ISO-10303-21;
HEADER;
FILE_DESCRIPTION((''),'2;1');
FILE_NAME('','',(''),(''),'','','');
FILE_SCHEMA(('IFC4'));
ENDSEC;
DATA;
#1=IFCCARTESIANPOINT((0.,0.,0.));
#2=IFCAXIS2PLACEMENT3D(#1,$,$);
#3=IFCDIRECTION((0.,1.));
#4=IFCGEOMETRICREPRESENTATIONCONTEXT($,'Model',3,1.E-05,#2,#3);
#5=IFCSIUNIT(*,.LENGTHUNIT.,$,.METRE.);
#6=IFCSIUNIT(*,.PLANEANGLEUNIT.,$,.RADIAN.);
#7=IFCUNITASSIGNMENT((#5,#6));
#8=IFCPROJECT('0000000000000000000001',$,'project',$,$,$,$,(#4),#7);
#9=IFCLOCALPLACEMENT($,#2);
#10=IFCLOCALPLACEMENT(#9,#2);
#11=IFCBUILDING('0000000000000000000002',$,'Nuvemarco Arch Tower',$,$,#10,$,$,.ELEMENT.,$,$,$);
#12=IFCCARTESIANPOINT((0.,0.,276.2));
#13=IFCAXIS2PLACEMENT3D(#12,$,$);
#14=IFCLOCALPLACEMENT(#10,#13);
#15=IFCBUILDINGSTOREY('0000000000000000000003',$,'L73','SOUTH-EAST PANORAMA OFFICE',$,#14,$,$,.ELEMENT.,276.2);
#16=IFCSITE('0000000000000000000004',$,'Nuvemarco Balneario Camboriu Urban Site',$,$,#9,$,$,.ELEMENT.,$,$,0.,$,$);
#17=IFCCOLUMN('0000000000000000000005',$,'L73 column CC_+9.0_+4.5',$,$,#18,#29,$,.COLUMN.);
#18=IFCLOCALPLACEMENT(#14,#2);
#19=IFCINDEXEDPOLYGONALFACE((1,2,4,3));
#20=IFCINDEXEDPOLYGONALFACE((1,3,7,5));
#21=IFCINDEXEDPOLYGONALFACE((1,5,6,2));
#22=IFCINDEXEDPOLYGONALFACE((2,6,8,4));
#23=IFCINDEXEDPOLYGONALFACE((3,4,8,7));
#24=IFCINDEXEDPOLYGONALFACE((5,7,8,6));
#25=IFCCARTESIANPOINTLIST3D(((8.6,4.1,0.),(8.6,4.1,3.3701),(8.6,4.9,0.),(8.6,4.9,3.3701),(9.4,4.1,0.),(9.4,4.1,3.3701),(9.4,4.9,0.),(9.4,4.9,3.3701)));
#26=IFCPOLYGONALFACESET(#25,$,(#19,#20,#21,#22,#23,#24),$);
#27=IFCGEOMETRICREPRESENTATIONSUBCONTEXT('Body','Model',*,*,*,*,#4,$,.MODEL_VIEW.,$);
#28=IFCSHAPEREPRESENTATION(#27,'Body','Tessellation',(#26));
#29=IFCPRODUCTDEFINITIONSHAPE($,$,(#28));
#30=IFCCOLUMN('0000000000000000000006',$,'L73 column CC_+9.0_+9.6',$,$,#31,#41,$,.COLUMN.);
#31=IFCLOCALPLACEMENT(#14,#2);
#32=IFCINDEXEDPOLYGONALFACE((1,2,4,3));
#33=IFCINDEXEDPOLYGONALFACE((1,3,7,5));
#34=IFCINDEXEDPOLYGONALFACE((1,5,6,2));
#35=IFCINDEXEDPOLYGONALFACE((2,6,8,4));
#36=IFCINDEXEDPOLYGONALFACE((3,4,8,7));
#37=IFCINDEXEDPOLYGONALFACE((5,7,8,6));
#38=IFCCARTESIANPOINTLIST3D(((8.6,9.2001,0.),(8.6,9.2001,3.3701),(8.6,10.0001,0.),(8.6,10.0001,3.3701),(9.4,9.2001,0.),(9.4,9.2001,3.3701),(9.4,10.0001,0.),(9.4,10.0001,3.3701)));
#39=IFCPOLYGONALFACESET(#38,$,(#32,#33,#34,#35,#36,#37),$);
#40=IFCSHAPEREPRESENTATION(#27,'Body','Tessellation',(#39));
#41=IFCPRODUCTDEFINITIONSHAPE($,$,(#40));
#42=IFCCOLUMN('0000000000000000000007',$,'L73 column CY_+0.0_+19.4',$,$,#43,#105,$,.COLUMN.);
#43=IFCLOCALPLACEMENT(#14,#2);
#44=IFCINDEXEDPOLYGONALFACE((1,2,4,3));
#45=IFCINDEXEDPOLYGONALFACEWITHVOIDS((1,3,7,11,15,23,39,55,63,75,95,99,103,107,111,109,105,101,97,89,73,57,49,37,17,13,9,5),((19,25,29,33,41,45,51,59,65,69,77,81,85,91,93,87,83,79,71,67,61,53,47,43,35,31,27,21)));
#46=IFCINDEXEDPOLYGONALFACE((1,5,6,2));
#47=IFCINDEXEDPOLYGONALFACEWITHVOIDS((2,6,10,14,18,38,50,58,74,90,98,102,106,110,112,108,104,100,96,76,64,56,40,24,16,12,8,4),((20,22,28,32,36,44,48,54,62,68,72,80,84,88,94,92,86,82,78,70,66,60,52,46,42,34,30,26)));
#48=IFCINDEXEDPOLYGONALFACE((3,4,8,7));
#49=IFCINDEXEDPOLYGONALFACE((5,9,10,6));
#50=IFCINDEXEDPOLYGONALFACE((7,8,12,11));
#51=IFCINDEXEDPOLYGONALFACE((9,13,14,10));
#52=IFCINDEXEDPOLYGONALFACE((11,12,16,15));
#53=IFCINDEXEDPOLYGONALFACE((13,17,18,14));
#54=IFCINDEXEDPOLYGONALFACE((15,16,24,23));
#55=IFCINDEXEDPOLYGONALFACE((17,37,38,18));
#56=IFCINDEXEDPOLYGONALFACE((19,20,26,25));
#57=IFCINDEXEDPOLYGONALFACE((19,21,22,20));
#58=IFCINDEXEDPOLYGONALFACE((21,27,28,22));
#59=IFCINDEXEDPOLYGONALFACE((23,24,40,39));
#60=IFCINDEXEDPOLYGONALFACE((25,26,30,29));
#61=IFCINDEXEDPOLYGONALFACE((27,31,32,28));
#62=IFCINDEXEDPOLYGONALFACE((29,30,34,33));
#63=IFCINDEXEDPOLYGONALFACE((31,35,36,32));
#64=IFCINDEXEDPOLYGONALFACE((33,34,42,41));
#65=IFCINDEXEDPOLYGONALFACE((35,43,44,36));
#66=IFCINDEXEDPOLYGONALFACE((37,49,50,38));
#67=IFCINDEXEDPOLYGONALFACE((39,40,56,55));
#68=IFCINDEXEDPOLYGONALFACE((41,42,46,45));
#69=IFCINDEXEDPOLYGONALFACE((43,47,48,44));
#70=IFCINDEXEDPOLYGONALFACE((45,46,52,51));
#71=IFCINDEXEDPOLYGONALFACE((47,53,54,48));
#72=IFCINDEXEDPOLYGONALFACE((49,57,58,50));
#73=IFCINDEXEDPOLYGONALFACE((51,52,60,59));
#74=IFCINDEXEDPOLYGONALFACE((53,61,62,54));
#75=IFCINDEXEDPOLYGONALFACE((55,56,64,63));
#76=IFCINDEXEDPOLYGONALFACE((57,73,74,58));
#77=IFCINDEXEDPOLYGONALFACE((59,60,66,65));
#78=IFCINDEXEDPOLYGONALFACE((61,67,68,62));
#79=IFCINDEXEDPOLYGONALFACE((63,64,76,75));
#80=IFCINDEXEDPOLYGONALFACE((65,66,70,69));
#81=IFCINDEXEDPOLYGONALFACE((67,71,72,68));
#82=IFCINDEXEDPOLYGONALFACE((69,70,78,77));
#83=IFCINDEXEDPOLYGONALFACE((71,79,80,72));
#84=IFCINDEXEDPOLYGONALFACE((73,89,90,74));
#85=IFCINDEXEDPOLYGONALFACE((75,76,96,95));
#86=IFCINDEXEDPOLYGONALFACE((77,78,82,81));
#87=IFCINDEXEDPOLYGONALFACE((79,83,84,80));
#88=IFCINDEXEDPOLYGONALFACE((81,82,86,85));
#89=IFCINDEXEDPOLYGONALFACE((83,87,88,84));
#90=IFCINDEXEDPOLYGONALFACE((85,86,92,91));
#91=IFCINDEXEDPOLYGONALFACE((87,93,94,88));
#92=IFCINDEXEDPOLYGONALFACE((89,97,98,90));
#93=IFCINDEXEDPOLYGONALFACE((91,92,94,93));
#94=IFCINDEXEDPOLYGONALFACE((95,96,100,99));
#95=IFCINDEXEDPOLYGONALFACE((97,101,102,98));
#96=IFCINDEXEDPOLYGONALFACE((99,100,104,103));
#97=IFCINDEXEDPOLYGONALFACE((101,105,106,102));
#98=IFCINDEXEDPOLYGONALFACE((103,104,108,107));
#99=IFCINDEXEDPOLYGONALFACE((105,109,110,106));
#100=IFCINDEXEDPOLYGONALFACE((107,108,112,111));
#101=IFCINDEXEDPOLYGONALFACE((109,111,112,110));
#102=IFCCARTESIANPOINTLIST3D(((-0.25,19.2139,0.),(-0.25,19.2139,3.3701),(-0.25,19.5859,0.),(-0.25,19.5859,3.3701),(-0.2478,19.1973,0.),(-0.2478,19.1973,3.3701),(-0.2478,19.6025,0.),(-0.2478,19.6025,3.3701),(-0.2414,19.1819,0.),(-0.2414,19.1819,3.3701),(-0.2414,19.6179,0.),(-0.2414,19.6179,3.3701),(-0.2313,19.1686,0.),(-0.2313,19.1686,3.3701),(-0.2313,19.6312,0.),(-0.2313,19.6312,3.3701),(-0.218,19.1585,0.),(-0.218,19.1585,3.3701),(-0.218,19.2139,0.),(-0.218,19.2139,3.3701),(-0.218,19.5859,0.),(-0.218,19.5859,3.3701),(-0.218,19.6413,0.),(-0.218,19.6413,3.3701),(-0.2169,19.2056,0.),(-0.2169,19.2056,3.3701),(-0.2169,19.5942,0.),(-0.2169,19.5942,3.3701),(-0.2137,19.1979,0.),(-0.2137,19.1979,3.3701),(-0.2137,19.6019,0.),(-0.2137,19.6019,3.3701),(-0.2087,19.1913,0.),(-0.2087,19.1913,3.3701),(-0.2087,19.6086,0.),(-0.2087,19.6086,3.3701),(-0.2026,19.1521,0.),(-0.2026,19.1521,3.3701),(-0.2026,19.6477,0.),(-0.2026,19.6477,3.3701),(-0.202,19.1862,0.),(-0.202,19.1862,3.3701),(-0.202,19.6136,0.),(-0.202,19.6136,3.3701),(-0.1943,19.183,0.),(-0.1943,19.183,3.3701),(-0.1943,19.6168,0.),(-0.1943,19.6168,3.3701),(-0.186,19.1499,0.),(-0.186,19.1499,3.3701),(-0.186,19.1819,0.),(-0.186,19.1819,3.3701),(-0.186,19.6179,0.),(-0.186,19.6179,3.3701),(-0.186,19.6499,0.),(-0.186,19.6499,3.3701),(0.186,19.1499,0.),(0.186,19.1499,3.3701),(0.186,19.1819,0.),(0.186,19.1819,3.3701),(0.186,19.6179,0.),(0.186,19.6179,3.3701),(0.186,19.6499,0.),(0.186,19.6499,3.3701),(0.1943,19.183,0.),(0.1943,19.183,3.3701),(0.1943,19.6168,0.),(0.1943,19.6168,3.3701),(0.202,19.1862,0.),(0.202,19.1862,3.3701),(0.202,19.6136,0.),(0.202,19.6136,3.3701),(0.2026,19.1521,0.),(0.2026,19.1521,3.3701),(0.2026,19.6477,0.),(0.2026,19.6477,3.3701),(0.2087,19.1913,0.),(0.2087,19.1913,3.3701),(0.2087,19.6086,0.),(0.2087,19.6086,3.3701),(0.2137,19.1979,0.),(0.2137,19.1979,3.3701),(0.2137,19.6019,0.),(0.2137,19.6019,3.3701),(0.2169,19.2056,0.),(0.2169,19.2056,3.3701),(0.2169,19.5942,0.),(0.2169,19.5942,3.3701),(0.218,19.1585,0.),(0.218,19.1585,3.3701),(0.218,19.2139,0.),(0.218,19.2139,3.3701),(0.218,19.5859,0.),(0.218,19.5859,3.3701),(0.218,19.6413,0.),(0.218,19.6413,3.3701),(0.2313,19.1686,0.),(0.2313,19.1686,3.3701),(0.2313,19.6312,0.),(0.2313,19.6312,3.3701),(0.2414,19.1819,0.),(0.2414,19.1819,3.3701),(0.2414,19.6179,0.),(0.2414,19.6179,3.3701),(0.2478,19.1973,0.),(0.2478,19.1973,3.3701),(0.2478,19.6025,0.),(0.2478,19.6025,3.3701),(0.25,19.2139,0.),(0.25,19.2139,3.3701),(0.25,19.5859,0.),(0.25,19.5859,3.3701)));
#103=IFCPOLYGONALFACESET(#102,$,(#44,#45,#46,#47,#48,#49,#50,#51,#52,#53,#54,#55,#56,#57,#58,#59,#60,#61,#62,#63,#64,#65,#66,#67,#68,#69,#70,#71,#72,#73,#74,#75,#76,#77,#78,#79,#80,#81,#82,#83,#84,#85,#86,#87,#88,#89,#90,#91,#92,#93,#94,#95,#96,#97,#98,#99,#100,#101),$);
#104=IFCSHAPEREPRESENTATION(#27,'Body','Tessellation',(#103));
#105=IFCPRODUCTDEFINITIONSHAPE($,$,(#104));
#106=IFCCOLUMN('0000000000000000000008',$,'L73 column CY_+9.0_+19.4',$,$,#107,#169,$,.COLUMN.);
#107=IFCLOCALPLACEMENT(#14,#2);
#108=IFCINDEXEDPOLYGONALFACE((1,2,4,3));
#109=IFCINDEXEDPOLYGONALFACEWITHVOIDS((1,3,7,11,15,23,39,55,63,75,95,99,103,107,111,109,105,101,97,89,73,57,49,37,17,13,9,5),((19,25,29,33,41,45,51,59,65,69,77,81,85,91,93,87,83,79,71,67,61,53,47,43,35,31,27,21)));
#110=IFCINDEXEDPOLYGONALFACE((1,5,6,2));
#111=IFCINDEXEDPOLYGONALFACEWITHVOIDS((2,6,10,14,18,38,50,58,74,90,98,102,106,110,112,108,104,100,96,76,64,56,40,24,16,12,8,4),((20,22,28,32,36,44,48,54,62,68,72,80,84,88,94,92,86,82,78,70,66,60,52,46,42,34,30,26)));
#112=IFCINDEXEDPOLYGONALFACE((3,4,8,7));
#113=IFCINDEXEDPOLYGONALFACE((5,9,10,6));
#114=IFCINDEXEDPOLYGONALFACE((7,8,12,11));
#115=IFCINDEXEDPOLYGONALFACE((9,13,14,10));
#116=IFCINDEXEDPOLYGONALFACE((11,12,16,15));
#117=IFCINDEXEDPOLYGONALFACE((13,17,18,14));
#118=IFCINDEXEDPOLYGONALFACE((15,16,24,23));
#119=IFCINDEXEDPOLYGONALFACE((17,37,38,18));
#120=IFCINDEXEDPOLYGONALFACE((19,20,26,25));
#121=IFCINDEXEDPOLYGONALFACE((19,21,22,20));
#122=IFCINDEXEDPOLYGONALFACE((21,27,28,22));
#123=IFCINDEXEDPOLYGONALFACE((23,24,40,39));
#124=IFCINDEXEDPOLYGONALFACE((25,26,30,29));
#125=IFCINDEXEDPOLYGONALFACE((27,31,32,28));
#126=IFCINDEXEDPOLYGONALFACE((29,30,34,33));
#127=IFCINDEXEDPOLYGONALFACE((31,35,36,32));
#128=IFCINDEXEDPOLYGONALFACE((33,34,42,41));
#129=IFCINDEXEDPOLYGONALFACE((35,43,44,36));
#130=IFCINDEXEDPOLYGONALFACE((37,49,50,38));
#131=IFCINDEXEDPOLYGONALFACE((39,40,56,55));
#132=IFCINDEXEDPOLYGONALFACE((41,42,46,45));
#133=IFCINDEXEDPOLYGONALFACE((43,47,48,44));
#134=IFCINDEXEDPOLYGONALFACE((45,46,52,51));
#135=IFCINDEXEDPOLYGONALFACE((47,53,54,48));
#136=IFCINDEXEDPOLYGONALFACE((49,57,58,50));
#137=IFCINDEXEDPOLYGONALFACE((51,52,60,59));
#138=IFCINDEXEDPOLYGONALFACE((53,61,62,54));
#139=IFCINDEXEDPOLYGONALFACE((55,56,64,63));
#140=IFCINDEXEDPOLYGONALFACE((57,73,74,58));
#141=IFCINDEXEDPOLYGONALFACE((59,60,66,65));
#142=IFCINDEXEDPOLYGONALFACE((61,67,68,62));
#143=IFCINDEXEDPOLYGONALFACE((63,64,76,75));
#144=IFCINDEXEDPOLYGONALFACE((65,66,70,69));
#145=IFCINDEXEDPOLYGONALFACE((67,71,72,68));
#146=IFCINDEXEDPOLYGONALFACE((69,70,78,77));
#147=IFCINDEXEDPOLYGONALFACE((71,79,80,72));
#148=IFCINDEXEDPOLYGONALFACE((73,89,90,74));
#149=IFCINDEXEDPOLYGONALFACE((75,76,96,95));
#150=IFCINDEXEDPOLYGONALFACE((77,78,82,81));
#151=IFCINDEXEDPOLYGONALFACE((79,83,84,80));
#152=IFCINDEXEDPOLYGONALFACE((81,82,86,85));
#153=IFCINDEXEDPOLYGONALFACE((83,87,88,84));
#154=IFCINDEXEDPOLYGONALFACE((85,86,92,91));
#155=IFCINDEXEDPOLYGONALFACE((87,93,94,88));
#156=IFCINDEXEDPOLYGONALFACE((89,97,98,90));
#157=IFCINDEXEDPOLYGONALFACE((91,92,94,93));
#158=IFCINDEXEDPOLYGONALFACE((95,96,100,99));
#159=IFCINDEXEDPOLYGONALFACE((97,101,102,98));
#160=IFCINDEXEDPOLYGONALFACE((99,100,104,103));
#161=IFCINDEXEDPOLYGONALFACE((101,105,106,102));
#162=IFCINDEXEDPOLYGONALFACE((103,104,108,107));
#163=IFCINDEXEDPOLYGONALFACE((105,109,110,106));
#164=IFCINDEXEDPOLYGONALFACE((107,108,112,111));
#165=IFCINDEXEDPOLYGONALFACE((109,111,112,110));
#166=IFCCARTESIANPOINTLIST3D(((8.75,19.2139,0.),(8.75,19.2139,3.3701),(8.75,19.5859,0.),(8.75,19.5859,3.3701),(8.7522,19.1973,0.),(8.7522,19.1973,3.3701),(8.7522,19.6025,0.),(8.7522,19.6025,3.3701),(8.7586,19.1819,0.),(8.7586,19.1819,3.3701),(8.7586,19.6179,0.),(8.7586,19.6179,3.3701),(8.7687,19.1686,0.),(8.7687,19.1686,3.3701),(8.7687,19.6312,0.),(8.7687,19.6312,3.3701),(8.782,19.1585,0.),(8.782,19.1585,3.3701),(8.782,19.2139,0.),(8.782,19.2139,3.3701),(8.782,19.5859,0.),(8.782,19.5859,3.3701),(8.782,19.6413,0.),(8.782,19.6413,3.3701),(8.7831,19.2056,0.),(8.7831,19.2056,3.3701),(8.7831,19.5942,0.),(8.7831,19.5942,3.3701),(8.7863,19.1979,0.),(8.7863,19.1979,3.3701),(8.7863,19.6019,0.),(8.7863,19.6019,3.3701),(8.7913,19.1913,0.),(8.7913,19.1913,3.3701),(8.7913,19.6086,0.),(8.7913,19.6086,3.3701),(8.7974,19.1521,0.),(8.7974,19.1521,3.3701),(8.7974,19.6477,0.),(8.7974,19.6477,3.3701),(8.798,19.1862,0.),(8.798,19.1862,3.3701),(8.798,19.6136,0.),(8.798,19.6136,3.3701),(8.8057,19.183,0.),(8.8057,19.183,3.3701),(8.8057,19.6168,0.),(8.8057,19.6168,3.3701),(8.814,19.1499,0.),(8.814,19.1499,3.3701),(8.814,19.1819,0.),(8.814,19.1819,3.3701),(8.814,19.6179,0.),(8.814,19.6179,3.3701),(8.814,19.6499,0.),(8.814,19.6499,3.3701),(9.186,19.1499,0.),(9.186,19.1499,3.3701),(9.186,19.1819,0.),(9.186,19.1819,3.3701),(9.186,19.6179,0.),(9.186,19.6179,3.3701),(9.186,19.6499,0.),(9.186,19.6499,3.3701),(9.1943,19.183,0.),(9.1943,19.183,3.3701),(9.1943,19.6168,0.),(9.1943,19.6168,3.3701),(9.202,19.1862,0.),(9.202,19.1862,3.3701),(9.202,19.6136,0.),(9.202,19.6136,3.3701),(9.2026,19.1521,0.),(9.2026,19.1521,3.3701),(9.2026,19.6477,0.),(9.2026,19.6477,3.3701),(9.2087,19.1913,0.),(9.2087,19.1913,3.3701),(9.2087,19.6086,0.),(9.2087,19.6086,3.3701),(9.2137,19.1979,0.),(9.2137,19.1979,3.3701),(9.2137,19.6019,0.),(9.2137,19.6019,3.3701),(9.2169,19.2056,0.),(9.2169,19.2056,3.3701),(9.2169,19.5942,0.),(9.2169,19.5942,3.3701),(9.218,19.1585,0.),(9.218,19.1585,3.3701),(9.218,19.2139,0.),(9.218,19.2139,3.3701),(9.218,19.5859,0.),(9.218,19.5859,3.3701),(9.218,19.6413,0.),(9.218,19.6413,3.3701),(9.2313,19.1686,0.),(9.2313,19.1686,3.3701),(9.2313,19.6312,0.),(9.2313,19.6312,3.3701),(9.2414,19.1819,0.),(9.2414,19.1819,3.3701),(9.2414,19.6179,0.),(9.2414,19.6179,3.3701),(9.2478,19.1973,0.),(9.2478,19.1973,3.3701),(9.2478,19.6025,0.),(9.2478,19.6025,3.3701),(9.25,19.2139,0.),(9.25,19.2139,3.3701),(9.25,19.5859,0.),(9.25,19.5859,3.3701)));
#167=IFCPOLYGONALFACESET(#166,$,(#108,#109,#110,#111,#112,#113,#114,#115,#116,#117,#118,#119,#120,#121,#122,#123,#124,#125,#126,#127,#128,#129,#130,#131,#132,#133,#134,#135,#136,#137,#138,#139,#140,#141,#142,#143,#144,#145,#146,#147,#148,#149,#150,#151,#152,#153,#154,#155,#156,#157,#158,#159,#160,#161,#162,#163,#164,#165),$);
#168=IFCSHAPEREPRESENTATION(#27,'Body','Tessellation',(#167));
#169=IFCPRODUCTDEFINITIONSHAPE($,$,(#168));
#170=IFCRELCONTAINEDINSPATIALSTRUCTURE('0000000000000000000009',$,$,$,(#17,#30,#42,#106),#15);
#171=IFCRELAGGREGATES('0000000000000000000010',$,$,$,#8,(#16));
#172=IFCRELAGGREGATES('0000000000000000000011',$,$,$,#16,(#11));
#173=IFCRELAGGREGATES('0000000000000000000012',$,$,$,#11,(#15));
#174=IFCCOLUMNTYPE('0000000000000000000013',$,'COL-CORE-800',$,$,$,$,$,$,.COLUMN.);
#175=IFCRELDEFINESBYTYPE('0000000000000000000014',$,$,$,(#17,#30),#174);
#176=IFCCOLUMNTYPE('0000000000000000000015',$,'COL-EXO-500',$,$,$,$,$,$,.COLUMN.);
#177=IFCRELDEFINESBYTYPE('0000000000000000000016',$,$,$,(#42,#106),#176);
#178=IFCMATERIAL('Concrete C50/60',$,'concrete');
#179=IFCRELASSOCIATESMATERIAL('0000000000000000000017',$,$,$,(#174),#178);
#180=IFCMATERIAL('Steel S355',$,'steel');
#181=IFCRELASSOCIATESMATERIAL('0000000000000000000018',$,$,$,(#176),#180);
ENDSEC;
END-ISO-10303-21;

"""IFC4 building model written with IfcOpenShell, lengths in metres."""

from ifc_helpers import new_model, si_unit, direction, frame, origin, origin_2d, place, context, subcontext, project, spatial, rectangle, hollow_rectangle, extrude, material, material_profile, profile_set, type_object, element, save


model = new_model("IFC4")

# Units and contexts
model_context = context("Model", 3, precision=1e-05, world=origin(), true_north=direction((0.0, 1.0)))
body_context = subcontext(model_context, "Body", "Model", "MODEL_VIEW")
ifc_project = project(units=[si_unit("LENGTHUNIT", "METRE"), si_unit("PLANEANGLEUNIT", "RADIAN")], contexts=[model_context])

# Site, building, storey
site_placement = place(None, origin())
site = spatial("IfcSite", under=ifc_project, at=site_placement, Name="Nuvemarco Balneario Camboriu Urban Site", CompositionType="ELEMENT", RefElevation=0.0)
building_placement = place(site_placement, origin())
building = spatial("IfcBuilding", under=site, at=building_placement, Name="Nuvemarco Arch Tower", CompositionType="ELEMENT")
storey_placement = place(building_placement, frame((0.0, 0.0, 276.2)))
storey = spatial("IfcBuildingStorey", under=building, at=storey_placement, Name="L73", Description="SOUTH-EAST PANORAMA OFFICE", CompositionType="ELEMENT", Elevation=276.2)

# Columns
ifc_material_1 = material(Name="Concrete C50/60", Category="concrete")
ifc_material_profile_1 = material_profile(ifc_material_1, rectangle(XDim=0.8, YDim=0.8, at=origin_2d()), Name="RC-COL-800x800")
ifc_profile_set_1 = profile_set([ifc_material_profile_1], Name="Concrete C50/60")
column_type_1 = type_object("IfcColumnType", Name="COL-CORE-800", PredefinedType="COLUMN", material=ifc_profile_set_1)
for number, where, z_axis, x_axis, name in (
    (1, (9.0, 4.5, 0.0), (0.0, 0.0, 1.0), (1.0, 0.0, 0.0), "L73 column CC_+9.0_+4.5"),
    (2, (9.0, 9.6001, 0.0), (0.0, 0.0, 1.0), (1.0, 0.0, 0.0), "L73 column CC_+9.0_+9.6"),
):
    element("IfcColumn", number, at=place(storey_placement, frame(where, z_axis=z_axis, x_axis=x_axis)), inside=storey, type_object=column_type_1, Name=name, PredefinedType="COLUMN", context=body_context, shape_type="SweptSolid", body=[
        extrude(rectangle(XDim=0.8, YDim=0.8, at=origin_2d()), origin(), (0.0, 0.0, 1.0), 3.3701),
    ])
ifc_material_2 = material(Name="Steel S355", Category="steel")
ifc_material_profile_2 = material_profile(ifc_material_2, hollow_rectangle(XDim=0.5, YDim=0.5, WallThickness=0.032, InnerFilletRadius=0.032, OuterFilletRadius=0.064, at=origin_2d()), Name="SHS500x500x32")
ifc_profile_set_2 = profile_set([ifc_material_profile_2], Name="Steel S355")
column_type_2 = type_object("IfcColumnType", Name="COL-EXO-500", PredefinedType="COLUMN", material=ifc_profile_set_2)
for number, where, z_axis, x_axis, name in (
    (3, (0.0, 19.3999, 0.0), (0.0, 0.0, 1.0), (1.0, 0.0, 0.0), "L73 column CY_+0.0_+19.4"),
    (4, (9.0, 19.3999, 0.0), (0.0, 0.0, 1.0), (1.0, 0.0, 0.0), "L73 column CY_+9.0_+19.4"),
):
    element("IfcColumn", number, at=place(storey_placement, frame(where, z_axis=z_axis, x_axis=x_axis)), inside=storey, type_object=column_type_2, Name=name, PredefinedType="COLUMN", context=body_context, shape_type="SweptSolid", body=[
        extrude(hollow_rectangle(XDim=0.5, YDim=0.5, WallThickness=0.032, InnerFilletRadius=0.032, OuterFilletRadius=0.064, at=origin_2d()), origin(), (0.0, 0.0, 1.0), 3.3701),
    ])

save(model, "model.ifc")
